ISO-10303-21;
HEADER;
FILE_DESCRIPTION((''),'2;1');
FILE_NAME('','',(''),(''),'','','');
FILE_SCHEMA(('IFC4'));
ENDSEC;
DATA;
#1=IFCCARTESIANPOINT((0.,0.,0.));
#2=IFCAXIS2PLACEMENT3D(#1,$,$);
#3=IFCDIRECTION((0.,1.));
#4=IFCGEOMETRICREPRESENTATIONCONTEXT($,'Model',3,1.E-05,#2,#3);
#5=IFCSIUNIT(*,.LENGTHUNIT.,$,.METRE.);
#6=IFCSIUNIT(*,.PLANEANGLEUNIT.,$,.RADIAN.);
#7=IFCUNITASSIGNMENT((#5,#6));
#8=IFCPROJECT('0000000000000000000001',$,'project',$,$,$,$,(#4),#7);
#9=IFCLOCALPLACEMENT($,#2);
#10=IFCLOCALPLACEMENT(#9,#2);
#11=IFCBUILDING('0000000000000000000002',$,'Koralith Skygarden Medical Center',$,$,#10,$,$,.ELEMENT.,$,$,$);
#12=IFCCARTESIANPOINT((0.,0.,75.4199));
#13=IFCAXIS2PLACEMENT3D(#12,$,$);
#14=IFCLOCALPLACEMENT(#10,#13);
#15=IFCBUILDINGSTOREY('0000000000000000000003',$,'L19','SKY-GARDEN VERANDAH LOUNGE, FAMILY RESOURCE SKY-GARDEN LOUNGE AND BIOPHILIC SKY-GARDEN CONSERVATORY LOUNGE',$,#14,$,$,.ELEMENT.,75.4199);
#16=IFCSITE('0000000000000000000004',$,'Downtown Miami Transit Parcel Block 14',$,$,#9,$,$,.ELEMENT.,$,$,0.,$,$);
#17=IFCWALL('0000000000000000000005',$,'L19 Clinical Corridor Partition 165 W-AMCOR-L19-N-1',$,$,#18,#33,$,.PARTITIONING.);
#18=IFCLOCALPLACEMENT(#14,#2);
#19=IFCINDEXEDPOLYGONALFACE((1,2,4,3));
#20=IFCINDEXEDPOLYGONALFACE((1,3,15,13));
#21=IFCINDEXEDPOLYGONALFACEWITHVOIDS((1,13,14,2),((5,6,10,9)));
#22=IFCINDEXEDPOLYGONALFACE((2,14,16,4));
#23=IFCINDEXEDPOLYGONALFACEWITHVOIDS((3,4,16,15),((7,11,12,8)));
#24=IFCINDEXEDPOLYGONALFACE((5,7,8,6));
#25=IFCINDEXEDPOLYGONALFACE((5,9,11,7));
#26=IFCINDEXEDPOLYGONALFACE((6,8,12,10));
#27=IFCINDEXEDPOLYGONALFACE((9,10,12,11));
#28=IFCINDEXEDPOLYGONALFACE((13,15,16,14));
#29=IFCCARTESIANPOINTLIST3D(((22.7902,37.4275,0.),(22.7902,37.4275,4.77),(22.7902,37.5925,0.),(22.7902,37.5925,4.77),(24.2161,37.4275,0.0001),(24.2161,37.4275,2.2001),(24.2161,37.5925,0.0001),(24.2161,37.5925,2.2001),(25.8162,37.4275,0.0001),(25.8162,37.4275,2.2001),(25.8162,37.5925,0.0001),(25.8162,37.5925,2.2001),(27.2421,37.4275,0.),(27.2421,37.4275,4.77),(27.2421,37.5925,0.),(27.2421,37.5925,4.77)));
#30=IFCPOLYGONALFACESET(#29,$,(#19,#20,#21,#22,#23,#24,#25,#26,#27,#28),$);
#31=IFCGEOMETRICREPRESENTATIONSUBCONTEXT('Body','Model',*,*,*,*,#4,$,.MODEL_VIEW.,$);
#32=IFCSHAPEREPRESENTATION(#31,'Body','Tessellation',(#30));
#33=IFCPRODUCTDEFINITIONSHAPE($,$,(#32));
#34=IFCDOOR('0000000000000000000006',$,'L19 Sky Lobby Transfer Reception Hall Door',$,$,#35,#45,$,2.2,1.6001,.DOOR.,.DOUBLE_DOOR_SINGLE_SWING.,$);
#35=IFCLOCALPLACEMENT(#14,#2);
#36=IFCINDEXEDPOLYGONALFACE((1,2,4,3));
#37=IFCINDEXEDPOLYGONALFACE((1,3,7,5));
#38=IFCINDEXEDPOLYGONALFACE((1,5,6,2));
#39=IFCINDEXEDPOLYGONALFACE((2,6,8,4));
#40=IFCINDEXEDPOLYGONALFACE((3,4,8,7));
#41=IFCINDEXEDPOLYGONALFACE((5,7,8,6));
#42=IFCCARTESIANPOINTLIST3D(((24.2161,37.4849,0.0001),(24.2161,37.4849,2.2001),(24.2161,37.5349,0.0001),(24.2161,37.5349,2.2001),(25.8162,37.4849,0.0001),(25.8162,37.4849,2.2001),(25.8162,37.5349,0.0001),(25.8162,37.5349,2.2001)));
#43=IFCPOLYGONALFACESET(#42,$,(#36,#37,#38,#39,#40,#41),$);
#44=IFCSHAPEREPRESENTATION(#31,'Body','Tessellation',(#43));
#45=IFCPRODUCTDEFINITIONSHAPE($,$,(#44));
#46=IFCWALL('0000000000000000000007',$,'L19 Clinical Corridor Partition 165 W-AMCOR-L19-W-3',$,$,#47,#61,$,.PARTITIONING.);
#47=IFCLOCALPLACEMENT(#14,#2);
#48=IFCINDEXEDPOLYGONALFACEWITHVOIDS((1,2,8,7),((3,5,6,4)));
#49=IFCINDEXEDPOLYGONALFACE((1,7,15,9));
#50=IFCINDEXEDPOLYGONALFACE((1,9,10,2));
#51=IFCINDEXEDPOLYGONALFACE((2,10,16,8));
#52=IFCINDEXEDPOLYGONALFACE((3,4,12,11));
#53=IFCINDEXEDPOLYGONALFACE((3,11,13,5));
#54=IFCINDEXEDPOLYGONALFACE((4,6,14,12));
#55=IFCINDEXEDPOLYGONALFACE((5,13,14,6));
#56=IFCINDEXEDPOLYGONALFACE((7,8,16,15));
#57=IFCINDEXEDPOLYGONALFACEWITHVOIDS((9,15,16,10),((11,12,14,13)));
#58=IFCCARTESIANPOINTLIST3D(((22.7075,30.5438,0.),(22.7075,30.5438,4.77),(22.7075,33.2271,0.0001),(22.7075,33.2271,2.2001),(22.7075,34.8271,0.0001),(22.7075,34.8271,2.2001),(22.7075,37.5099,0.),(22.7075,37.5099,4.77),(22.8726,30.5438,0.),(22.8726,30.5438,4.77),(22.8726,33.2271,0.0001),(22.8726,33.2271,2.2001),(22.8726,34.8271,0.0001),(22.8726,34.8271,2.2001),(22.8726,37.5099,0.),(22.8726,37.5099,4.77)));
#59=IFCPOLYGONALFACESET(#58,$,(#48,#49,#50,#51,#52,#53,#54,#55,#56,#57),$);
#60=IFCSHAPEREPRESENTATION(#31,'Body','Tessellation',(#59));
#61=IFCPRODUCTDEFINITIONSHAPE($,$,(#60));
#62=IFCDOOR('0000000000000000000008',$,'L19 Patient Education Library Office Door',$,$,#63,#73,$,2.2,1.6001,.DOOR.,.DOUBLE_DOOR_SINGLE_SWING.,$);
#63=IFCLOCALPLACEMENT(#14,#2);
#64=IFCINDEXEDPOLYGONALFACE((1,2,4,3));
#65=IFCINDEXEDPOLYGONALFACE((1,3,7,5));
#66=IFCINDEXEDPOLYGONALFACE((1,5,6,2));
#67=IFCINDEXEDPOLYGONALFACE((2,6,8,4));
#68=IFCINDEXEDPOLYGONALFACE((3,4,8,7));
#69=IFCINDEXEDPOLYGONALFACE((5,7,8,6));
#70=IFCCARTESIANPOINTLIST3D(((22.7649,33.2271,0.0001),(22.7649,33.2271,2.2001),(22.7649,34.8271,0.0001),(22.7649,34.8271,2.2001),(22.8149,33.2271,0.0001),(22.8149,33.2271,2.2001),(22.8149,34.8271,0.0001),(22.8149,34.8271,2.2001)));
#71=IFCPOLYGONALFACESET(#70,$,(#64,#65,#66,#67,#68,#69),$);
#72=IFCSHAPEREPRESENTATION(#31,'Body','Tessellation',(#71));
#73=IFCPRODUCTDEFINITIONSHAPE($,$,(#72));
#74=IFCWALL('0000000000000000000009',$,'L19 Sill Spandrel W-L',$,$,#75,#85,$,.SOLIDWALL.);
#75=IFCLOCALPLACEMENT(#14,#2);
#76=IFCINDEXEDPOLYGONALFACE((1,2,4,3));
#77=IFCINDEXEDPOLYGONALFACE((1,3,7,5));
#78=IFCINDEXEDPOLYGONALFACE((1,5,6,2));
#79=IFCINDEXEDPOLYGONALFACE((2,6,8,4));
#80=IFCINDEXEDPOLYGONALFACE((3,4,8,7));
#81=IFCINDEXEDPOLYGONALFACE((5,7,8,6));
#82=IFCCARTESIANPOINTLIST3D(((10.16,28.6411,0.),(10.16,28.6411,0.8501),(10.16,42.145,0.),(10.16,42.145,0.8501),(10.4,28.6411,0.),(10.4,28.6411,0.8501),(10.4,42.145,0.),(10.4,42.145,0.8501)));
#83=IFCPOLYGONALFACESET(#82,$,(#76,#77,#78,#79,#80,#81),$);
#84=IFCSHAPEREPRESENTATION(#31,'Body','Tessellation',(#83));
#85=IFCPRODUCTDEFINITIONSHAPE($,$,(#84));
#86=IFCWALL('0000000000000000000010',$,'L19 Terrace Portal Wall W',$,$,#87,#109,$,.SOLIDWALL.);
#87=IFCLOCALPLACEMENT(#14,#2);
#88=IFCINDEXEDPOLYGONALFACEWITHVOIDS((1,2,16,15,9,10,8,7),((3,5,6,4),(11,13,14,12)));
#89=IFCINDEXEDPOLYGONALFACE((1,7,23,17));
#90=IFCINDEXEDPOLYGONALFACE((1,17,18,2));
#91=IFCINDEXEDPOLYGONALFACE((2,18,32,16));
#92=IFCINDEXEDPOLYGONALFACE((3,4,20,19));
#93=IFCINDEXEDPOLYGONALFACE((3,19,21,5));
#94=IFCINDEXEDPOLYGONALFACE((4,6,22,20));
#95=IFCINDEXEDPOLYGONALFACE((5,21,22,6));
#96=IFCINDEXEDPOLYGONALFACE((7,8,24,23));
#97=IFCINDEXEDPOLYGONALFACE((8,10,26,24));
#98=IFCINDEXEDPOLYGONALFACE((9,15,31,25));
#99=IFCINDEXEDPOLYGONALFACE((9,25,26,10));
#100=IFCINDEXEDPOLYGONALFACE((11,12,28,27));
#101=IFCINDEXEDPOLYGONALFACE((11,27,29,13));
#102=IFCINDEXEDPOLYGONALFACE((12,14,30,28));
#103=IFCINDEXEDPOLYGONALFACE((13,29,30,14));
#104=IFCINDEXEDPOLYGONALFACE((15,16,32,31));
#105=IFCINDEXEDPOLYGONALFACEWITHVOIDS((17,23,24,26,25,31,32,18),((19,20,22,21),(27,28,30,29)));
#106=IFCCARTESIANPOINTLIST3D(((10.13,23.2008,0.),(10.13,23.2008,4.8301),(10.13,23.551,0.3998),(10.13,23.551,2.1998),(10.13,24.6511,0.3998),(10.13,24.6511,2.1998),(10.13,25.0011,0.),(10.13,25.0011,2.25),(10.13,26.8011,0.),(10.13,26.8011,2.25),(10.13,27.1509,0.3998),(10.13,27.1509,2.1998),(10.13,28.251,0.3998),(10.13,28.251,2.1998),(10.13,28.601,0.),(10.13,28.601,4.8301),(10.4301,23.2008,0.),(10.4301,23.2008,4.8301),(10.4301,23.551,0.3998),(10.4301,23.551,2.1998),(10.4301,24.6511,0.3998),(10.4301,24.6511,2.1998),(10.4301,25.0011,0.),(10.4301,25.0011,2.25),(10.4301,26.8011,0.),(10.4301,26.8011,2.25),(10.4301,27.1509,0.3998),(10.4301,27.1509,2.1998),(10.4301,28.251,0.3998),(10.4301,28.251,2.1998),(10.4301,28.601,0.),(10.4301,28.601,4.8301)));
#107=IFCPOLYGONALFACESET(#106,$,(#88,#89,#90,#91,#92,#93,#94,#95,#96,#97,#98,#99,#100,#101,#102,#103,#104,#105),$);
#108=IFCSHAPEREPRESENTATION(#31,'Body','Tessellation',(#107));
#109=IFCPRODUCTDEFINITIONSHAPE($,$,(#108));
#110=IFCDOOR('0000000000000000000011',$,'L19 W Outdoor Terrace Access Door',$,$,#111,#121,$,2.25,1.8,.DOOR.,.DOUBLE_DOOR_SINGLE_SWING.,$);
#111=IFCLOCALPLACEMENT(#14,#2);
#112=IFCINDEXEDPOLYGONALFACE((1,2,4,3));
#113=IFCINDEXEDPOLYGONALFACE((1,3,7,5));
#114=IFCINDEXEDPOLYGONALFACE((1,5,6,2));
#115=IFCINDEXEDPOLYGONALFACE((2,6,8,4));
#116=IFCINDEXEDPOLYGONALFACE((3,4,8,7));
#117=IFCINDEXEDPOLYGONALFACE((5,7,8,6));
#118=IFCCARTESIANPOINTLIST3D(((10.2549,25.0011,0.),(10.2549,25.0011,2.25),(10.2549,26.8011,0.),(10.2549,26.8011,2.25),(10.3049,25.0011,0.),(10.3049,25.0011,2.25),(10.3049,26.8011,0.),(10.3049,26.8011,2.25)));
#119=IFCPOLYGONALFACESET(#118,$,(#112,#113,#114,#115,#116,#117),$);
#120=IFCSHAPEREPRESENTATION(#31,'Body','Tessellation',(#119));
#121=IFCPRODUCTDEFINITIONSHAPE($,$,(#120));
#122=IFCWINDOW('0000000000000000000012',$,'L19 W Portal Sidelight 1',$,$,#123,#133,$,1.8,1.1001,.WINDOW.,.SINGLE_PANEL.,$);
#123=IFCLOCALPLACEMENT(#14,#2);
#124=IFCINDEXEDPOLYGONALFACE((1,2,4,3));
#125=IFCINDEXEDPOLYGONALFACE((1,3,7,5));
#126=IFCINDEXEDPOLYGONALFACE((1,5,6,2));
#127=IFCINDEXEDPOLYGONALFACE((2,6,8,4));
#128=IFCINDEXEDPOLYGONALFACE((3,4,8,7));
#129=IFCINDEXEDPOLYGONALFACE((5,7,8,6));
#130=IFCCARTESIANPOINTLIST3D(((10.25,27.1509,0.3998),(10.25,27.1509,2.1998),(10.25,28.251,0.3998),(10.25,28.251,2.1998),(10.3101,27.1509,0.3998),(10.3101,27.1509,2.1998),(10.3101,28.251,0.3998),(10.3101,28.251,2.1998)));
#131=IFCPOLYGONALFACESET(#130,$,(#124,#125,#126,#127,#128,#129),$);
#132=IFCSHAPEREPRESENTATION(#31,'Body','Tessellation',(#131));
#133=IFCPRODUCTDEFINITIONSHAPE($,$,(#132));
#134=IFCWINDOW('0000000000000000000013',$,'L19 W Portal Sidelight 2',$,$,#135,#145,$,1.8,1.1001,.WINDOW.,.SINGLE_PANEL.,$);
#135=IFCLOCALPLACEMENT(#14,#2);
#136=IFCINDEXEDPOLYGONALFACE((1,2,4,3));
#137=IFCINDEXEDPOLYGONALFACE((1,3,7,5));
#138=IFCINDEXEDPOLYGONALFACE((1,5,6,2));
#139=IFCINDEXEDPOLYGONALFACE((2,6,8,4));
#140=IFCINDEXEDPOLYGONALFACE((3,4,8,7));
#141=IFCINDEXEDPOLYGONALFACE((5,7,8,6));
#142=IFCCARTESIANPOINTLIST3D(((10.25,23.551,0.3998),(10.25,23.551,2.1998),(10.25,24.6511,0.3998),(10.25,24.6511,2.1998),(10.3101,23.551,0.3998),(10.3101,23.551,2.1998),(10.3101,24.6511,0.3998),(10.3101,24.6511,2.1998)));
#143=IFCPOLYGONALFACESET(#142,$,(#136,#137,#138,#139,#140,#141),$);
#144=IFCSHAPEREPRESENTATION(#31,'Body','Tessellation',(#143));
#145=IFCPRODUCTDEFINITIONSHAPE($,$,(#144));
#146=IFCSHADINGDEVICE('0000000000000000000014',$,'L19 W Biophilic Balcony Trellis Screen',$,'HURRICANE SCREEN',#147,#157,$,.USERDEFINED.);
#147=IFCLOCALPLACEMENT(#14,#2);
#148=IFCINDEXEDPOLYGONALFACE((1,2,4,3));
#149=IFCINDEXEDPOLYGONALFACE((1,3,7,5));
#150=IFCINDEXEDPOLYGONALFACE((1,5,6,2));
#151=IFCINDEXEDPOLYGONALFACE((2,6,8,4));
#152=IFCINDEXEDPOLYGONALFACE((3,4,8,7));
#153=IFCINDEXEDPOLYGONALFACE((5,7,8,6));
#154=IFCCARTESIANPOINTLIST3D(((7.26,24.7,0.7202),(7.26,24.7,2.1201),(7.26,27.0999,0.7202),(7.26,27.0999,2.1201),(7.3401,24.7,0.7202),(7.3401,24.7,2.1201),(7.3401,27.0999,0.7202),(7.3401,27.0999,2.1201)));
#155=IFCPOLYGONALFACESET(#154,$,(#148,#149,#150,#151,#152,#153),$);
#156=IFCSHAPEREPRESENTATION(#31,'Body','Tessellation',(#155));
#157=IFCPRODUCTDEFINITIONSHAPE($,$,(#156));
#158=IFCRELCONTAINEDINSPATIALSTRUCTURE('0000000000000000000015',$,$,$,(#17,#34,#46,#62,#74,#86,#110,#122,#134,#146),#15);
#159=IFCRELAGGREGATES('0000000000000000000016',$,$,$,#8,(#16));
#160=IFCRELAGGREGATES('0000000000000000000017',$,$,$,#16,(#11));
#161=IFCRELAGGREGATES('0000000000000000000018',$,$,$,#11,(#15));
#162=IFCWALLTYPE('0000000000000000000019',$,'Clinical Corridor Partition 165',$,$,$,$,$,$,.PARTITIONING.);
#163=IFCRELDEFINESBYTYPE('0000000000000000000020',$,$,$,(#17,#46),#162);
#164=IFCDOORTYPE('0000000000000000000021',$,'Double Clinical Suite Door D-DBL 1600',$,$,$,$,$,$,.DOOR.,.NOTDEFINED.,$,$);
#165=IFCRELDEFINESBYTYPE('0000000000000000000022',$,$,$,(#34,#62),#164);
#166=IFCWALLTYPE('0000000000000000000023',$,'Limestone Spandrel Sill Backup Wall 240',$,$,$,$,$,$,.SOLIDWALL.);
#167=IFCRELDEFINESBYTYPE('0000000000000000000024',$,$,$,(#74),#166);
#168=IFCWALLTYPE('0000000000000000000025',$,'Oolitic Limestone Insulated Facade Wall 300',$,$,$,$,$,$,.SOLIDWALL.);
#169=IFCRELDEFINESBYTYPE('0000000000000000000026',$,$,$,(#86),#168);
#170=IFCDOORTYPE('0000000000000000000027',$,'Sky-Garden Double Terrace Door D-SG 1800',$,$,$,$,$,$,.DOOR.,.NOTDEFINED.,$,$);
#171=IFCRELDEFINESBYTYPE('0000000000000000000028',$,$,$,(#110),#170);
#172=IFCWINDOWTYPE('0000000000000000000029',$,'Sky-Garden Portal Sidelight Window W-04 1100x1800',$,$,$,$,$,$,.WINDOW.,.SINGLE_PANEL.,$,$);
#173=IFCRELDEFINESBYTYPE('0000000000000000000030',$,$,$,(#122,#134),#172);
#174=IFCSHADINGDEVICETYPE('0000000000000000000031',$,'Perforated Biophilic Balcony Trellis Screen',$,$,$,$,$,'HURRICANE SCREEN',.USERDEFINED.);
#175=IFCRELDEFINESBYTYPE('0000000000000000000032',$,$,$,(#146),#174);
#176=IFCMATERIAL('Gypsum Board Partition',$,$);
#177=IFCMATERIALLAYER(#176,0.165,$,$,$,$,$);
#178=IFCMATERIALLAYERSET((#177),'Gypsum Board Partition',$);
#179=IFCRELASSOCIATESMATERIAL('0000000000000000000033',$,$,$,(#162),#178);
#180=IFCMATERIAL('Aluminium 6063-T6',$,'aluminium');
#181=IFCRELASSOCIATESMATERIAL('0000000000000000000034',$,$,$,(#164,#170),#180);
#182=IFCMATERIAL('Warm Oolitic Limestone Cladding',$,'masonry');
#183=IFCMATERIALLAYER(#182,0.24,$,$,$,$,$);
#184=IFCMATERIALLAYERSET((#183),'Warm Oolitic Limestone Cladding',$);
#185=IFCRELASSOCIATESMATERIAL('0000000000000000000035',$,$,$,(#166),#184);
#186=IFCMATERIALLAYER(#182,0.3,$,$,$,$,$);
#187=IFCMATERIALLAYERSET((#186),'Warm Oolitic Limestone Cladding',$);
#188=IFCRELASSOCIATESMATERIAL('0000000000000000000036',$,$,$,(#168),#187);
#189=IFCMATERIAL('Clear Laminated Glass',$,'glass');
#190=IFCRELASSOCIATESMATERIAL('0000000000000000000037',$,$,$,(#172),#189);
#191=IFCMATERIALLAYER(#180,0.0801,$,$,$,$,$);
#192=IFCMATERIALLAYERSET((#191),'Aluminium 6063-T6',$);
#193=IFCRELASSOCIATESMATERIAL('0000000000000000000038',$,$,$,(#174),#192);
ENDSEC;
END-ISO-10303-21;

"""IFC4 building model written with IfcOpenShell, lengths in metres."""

from ifc_helpers import new_model, si_unit, direction, frame, frame_2d, origin, origin_2d, place, context, subcontext, project, spatial, rectangle, extrude, material, layer, layer_set, type_object, element, fill, save


model = new_model("IFC4")

# Units and contexts
model_context = context("Model", 3, precision=1e-05, world=origin(), true_north=direction((0.0, 1.0)))
body_context = subcontext(model_context, "Body", "Model", "MODEL_VIEW")
ifc_project = project(units=[si_unit("LENGTHUNIT", "METRE"), si_unit("PLANEANGLEUNIT", "RADIAN")], contexts=[model_context])

# Site, building, storey
site_placement = place(None, origin())
site = spatial("IfcSite", under=ifc_project, at=site_placement, Name="Downtown Miami Transit Parcel Block 14", CompositionType="ELEMENT", RefElevation=0.0)
building_placement = place(site_placement, origin())
building = spatial("IfcBuilding", under=site, at=building_placement, Name="Koralith Skygarden Medical Center", CompositionType="ELEMENT")
storey_placement = place(building_placement, frame((0.0, 0.0, 75.4199)))
storey = spatial("IfcBuildingStorey", under=building, at=storey_placement, Name="L19", Description="SKY-GARDEN VERANDAH LOUNGE, FAMILY RESOURCE SKY-GARDEN LOUNGE AND BIOPHILIC SKY-GARDEN CONSERVATORY LOUNGE", CompositionType="ELEMENT", Elevation=75.4199)

# Shared definitions
ifc_material_1 = material(Name="Clear Laminated Glass", Category="glass")
ifc_material_2 = material(Name="Aluminium 6063-T6", Category="aluminium")

# Shared definitions
ifc_material_3 = material(Name="Gypsum Board Partition")
ifc_layer_1 = layer(ifc_material_3, 0.165)
ifc_layer_set_1 = layer_set([ifc_layer_1], Name="Gypsum Board Partition")
wall_type_1 = type_object("IfcWallType", Name="Clinical Corridor Partition 165", PredefinedType="PARTITIONING", material=ifc_layer_set_1)

# Walls, openings, doors
wall_1_placement = place(storey_placement, frame((22.79, 37.51, 0.0), z_axis=(0.0, 0.0, 1.0), x_axis=(1.0, 0.0, 0.0)))
wall_1 = element("IfcWall", 1, at=wall_1_placement, inside=storey, type_object=wall_type_1, Name="L19 Clinical Corridor Partition 165 W-AMCOR-L19-N-1", PredefinedType="PARTITIONING", context=body_context, shape_type="SweptSolid", body=[
    extrude(rectangle(XDim=4.4519, YDim=0.165, at=frame_2d((2.2261, 0.0))), origin(), (0.0, 0.0, 1.0), 4.77),
])
opening_1_placement = place(wall_1_placement, frame((1.426, 0.0, 0.0)))
opening_1 = element("IfcOpeningElement", 2, at=opening_1_placement, cuts=wall_1, PredefinedType="OPENING", context=body_context, shape_type="SweptSolid", body=[
    extrude(rectangle(XDim=1.6001, YDim=2.2, at=frame_2d((0.8, 1.1001))), frame((0.0, 0.0925, 0.0), z_axis=(0.0, -1.0, 0.0), x_axis=(1.0, 0.0, 0.0)), (0.0, 0.0, 1.0), 0.1851),
])
door_type_1 = type_object("IfcDoorType", Name="Double Clinical Suite Door D-DBL 1600", OperationType="NOTDEFINED", PredefinedType="DOOR", material=ifc_material_2)
door_1_placement = place(opening_1_placement, origin())
door_1 = element("IfcDoor", 3, at=door_1_placement, inside=storey, type_object=door_type_1, Name="L19 Sky Lobby Transfer Reception Hall Door", OperationType="DOUBLE_DOOR_SINGLE_SWING", OverallHeight=2.2, OverallWidth=1.6001, PredefinedType="DOOR", context=body_context, shape_type="SweptSolid", body=[
    extrude(rectangle(XDim=1.6001, YDim=2.2, at=frame_2d((0.8, 1.1001))), frame((0.0, 0.0249, 0.0), z_axis=(0.0, -1.0, 0.0), x_axis=(1.0, 0.0, 0.0)), (0.0, 0.0, 1.0), 0.05),
])
fill(opening_1, door_1)
wall_2_placement = place(storey_placement, frame((22.79, 30.5439, 0.0), z_axis=(0.0, 0.0, 1.0), x_axis=(0.0, 1.0, 0.0)))
wall_2 = element("IfcWall", 4, at=wall_2_placement, inside=storey, type_object=wall_type_1, Name="L19 Clinical Corridor Partition 165 W-AMCOR-L19-W-3", PredefinedType="PARTITIONING", context=body_context, shape_type="SweptSolid", body=[
    extrude(rectangle(XDim=6.9661, YDim=0.165, at=frame_2d((3.4829, 0.0))), origin(), (0.0, 0.0, 1.0), 4.77),
])
opening_2_placement = place(wall_2_placement, frame((2.6831, 0.0, 0.0)))
opening_2 = element("IfcOpeningElement", 5, at=opening_2_placement, cuts=wall_2, PredefinedType="OPENING", context=body_context, shape_type="SweptSolid", body=[
    extrude(rectangle(XDim=1.6001, YDim=2.2, at=frame_2d((0.8, 1.1001))), frame((0.0, 0.0925, 0.0), z_axis=(0.0, -1.0, 0.0), x_axis=(1.0, 0.0, 0.0)), (0.0, 0.0, 1.0), 0.1851),
])
door_2_placement = place(opening_2_placement, frame((1.6001, 0.0, 0.0), z_axis=(0.0, 0.0, 1.0), x_axis=(-1.0, 0.0, 0.0)))
door_2 = element("IfcDoor", 6, at=door_2_placement, inside=storey, type_object=door_type_1, Name="L19 Patient Education Library Office Door", OperationType="DOUBLE_DOOR_SINGLE_SWING", OverallHeight=2.2, OverallWidth=1.6001, PredefinedType="DOOR", context=body_context, shape_type="SweptSolid", body=[
    extrude(rectangle(XDim=1.6001, YDim=2.2, at=frame_2d((0.8, 1.1001))), frame((0.0, 0.0249, 0.0), z_axis=(0.0, -1.0, 0.0), x_axis=(1.0, 0.0, 0.0)), (0.0, 0.0, 1.0), 0.05),
])
fill(opening_2, door_2)

# Wall
ifc_material_4 = material(Name="Warm Oolitic Limestone Cladding", Category="masonry")
ifc_layer_2 = layer(ifc_material_4, 0.24)
ifc_layer_set_2 = layer_set([ifc_layer_2], Name="Warm Oolitic Limestone Cladding")
wall_type_2 = type_object("IfcWallType", Name="Limestone Spandrel Sill Backup Wall 240", PredefinedType="SOLIDWALL", material=ifc_layer_set_2)
wall_3_placement = place(storey_placement, frame((10.28, 42.145, 0.0), z_axis=(0.0, 0.0, 1.0), x_axis=(0.0, -1.0, 0.0)))
element("IfcWall", 7, at=wall_3_placement, inside=storey, type_object=wall_type_2, Name="L19 Sill Spandrel W-L", PredefinedType="SOLIDWALL", context=body_context, shape_type="SweptSolid", body=[
    extrude(rectangle(XDim=13.5039, YDim=0.24, at=frame_2d((6.752, 0.0))), origin(), (0.0, 0.0, 1.0), 0.8501),
])

# Wall, openings, door, windows
ifc_layer_3 = layer(ifc_material_4, 0.3)
ifc_layer_set_3 = layer_set([ifc_layer_3], Name="Warm Oolitic Limestone Cladding")
wall_type_3 = type_object("IfcWallType", Name="Oolitic Limestone Insulated Facade Wall 300", PredefinedType="SOLIDWALL", material=ifc_layer_set_3)
wall_4_placement = place(storey_placement, frame((10.28, 28.6011, 0.0), z_axis=(0.0, 0.0, 1.0), x_axis=(0.0, -1.0, 0.0)))
wall_4 = element("IfcWall", 8, at=wall_4_placement, inside=storey, type_object=wall_type_3, Name="L19 Terrace Portal Wall W", PredefinedType="SOLIDWALL", context=body_context, shape_type="SweptSolid", body=[
    extrude(rectangle(XDim=5.4001, YDim=0.3, at=frame_2d((2.7002, 0.0))), origin(), (0.0, 0.0, 1.0), 4.8301),
])
opening_3_placement = place(wall_4_placement, frame((1.8, 0.0, 0.0)))
opening_3 = element("IfcOpeningElement", 9, at=opening_3_placement, cuts=wall_4, PredefinedType="OPENING", context=body_context, shape_type="SweptSolid", body=[
    extrude(rectangle(XDim=1.8, YDim=2.25, at=frame_2d((0.8999, 1.125))), frame((0.0, 0.1599, 0.0), z_axis=(0.0, -1.0, 0.0), x_axis=(1.0, 0.0, 0.0)), (0.0, 0.0, 1.0), 0.3201),
])
opening_4_placement = place(wall_4_placement, frame((0.3501, 0.0, 0.3999)))
opening_4 = element("IfcOpeningElement", 10, at=opening_4_placement, cuts=wall_4, PredefinedType="OPENING", context=body_context, shape_type="SweptSolid", body=[
    extrude(rectangle(XDim=1.1001, YDim=1.8, at=frame_2d((0.55, 0.8999))), frame((0.0, 0.1599, 0.0), z_axis=(0.0, -1.0, 0.0), x_axis=(1.0, 0.0, 0.0)), (0.0, 0.0, 1.0), 0.3201),
])
opening_5_placement = place(wall_4_placement, frame((3.95, 0.0, 0.3999)))
opening_5 = element("IfcOpeningElement", 11, at=opening_5_placement, cuts=wall_4, PredefinedType="OPENING", context=body_context, shape_type="SweptSolid", body=[
    extrude(rectangle(XDim=1.1001, YDim=1.8, at=frame_2d((0.55, 0.8999))), frame((0.0, 0.1599, 0.0), z_axis=(0.0, -1.0, 0.0), x_axis=(1.0, 0.0, 0.0)), (0.0, 0.0, 1.0), 0.3201),
])
door_type_2 = type_object("IfcDoorType", Name="Sky-Garden Double Terrace Door D-SG 1800", OperationType="NOTDEFINED", PredefinedType="DOOR", material=ifc_material_2)
door_3_placement = place(opening_3_placement, origin())
door_3 = element("IfcDoor", 12, at=door_3_placement, inside=storey, type_object=door_type_2, Name="L19 W Outdoor Terrace Access Door", OperationType="DOUBLE_DOOR_SINGLE_SWING", OverallHeight=2.25, OverallWidth=1.8, PredefinedType="DOOR", context=body_context, shape_type="SweptSolid", body=[
    extrude(rectangle(XDim=1.8, YDim=2.25, at=frame_2d((0.8999, 1.125))), frame((0.0, 0.0249, 0.0), z_axis=(0.0, -1.0, 0.0), x_axis=(1.0, 0.0, 0.0)), (0.0, 0.0, 1.0), 0.05),
])
fill(opening_3, door_3)
window_type = type_object("IfcWindowType", Name="Sky-Garden Portal Sidelight Window W-04 1100x1800", PartitioningType="SINGLE_PANEL", PredefinedType="WINDOW", material=ifc_material_1)
window_1_placement = place(opening_4_placement, origin())
window_1 = element("IfcWindow", 13, at=window_1_placement, inside=storey, type_object=window_type, Name="L19 W Portal Sidelight 1", OverallHeight=1.8, OverallWidth=1.1001, PartitioningType="SINGLE_PANEL", PredefinedType="WINDOW", context=body_context, shape_type="SweptSolid", body=[
    extrude(rectangle(XDim=1.1001, YDim=1.8, at=frame_2d((0.55, 0.8999))), frame((0.0, 0.03, 0.0), z_axis=(0.0, -1.0, 0.0), x_axis=(1.0, 0.0, 0.0)), (0.0, 0.0, 1.0), 0.0601),
])
fill(opening_4, window_1)
window_2_placement = place(opening_5_placement, origin())
window_2 = element("IfcWindow", 14, at=window_2_placement, inside=storey, type_object=window_type, Name="L19 W Portal Sidelight 2", OverallHeight=1.8, OverallWidth=1.1001, PartitioningType="SINGLE_PANEL", PredefinedType="WINDOW", context=body_context, shape_type="SweptSolid", body=[
    extrude(rectangle(XDim=1.1001, YDim=1.8, at=frame_2d((0.55, 0.8999))), frame((0.0, 0.03, 0.0), z_axis=(0.0, -1.0, 0.0), x_axis=(1.0, 0.0, 0.0)), (0.0, 0.0, 1.0), 0.0601),
])
fill(opening_5, window_2)

# Shading device
ifc_layer_4 = layer(ifc_material_2, 0.0801)
ifc_layer_set_4 = layer_set([ifc_layer_4], Name="Aluminium 6063-T6")
shading_device_type = type_object("IfcShadingDeviceType", Name="Perforated Biophilic Balcony Trellis Screen", ElementType="HURRICANE SCREEN", PredefinedType="USERDEFINED", material=ifc_layer_set_4)
shading_device_placement = place(storey_placement, frame((7.3, 25.8999, 0.7202), z_axis=(0.0, 0.0, 1.0), x_axis=(0.0, 1.0, 0.0)))
element("IfcShadingDevice", 15, at=shading_device_placement, inside=storey, type_object=shading_device_type, Name="L19 W Biophilic Balcony Trellis Screen", ObjectType="HURRICANE SCREEN", PredefinedType="USERDEFINED", context=body_context, shape_type="SweptSolid", body=[
    extrude(rectangle(XDim=2.3999, YDim=0.0801, at=origin_2d()), origin(), (0.0, 0.0, 1.0), 1.3999),
])

save(model, "model.ifc")
